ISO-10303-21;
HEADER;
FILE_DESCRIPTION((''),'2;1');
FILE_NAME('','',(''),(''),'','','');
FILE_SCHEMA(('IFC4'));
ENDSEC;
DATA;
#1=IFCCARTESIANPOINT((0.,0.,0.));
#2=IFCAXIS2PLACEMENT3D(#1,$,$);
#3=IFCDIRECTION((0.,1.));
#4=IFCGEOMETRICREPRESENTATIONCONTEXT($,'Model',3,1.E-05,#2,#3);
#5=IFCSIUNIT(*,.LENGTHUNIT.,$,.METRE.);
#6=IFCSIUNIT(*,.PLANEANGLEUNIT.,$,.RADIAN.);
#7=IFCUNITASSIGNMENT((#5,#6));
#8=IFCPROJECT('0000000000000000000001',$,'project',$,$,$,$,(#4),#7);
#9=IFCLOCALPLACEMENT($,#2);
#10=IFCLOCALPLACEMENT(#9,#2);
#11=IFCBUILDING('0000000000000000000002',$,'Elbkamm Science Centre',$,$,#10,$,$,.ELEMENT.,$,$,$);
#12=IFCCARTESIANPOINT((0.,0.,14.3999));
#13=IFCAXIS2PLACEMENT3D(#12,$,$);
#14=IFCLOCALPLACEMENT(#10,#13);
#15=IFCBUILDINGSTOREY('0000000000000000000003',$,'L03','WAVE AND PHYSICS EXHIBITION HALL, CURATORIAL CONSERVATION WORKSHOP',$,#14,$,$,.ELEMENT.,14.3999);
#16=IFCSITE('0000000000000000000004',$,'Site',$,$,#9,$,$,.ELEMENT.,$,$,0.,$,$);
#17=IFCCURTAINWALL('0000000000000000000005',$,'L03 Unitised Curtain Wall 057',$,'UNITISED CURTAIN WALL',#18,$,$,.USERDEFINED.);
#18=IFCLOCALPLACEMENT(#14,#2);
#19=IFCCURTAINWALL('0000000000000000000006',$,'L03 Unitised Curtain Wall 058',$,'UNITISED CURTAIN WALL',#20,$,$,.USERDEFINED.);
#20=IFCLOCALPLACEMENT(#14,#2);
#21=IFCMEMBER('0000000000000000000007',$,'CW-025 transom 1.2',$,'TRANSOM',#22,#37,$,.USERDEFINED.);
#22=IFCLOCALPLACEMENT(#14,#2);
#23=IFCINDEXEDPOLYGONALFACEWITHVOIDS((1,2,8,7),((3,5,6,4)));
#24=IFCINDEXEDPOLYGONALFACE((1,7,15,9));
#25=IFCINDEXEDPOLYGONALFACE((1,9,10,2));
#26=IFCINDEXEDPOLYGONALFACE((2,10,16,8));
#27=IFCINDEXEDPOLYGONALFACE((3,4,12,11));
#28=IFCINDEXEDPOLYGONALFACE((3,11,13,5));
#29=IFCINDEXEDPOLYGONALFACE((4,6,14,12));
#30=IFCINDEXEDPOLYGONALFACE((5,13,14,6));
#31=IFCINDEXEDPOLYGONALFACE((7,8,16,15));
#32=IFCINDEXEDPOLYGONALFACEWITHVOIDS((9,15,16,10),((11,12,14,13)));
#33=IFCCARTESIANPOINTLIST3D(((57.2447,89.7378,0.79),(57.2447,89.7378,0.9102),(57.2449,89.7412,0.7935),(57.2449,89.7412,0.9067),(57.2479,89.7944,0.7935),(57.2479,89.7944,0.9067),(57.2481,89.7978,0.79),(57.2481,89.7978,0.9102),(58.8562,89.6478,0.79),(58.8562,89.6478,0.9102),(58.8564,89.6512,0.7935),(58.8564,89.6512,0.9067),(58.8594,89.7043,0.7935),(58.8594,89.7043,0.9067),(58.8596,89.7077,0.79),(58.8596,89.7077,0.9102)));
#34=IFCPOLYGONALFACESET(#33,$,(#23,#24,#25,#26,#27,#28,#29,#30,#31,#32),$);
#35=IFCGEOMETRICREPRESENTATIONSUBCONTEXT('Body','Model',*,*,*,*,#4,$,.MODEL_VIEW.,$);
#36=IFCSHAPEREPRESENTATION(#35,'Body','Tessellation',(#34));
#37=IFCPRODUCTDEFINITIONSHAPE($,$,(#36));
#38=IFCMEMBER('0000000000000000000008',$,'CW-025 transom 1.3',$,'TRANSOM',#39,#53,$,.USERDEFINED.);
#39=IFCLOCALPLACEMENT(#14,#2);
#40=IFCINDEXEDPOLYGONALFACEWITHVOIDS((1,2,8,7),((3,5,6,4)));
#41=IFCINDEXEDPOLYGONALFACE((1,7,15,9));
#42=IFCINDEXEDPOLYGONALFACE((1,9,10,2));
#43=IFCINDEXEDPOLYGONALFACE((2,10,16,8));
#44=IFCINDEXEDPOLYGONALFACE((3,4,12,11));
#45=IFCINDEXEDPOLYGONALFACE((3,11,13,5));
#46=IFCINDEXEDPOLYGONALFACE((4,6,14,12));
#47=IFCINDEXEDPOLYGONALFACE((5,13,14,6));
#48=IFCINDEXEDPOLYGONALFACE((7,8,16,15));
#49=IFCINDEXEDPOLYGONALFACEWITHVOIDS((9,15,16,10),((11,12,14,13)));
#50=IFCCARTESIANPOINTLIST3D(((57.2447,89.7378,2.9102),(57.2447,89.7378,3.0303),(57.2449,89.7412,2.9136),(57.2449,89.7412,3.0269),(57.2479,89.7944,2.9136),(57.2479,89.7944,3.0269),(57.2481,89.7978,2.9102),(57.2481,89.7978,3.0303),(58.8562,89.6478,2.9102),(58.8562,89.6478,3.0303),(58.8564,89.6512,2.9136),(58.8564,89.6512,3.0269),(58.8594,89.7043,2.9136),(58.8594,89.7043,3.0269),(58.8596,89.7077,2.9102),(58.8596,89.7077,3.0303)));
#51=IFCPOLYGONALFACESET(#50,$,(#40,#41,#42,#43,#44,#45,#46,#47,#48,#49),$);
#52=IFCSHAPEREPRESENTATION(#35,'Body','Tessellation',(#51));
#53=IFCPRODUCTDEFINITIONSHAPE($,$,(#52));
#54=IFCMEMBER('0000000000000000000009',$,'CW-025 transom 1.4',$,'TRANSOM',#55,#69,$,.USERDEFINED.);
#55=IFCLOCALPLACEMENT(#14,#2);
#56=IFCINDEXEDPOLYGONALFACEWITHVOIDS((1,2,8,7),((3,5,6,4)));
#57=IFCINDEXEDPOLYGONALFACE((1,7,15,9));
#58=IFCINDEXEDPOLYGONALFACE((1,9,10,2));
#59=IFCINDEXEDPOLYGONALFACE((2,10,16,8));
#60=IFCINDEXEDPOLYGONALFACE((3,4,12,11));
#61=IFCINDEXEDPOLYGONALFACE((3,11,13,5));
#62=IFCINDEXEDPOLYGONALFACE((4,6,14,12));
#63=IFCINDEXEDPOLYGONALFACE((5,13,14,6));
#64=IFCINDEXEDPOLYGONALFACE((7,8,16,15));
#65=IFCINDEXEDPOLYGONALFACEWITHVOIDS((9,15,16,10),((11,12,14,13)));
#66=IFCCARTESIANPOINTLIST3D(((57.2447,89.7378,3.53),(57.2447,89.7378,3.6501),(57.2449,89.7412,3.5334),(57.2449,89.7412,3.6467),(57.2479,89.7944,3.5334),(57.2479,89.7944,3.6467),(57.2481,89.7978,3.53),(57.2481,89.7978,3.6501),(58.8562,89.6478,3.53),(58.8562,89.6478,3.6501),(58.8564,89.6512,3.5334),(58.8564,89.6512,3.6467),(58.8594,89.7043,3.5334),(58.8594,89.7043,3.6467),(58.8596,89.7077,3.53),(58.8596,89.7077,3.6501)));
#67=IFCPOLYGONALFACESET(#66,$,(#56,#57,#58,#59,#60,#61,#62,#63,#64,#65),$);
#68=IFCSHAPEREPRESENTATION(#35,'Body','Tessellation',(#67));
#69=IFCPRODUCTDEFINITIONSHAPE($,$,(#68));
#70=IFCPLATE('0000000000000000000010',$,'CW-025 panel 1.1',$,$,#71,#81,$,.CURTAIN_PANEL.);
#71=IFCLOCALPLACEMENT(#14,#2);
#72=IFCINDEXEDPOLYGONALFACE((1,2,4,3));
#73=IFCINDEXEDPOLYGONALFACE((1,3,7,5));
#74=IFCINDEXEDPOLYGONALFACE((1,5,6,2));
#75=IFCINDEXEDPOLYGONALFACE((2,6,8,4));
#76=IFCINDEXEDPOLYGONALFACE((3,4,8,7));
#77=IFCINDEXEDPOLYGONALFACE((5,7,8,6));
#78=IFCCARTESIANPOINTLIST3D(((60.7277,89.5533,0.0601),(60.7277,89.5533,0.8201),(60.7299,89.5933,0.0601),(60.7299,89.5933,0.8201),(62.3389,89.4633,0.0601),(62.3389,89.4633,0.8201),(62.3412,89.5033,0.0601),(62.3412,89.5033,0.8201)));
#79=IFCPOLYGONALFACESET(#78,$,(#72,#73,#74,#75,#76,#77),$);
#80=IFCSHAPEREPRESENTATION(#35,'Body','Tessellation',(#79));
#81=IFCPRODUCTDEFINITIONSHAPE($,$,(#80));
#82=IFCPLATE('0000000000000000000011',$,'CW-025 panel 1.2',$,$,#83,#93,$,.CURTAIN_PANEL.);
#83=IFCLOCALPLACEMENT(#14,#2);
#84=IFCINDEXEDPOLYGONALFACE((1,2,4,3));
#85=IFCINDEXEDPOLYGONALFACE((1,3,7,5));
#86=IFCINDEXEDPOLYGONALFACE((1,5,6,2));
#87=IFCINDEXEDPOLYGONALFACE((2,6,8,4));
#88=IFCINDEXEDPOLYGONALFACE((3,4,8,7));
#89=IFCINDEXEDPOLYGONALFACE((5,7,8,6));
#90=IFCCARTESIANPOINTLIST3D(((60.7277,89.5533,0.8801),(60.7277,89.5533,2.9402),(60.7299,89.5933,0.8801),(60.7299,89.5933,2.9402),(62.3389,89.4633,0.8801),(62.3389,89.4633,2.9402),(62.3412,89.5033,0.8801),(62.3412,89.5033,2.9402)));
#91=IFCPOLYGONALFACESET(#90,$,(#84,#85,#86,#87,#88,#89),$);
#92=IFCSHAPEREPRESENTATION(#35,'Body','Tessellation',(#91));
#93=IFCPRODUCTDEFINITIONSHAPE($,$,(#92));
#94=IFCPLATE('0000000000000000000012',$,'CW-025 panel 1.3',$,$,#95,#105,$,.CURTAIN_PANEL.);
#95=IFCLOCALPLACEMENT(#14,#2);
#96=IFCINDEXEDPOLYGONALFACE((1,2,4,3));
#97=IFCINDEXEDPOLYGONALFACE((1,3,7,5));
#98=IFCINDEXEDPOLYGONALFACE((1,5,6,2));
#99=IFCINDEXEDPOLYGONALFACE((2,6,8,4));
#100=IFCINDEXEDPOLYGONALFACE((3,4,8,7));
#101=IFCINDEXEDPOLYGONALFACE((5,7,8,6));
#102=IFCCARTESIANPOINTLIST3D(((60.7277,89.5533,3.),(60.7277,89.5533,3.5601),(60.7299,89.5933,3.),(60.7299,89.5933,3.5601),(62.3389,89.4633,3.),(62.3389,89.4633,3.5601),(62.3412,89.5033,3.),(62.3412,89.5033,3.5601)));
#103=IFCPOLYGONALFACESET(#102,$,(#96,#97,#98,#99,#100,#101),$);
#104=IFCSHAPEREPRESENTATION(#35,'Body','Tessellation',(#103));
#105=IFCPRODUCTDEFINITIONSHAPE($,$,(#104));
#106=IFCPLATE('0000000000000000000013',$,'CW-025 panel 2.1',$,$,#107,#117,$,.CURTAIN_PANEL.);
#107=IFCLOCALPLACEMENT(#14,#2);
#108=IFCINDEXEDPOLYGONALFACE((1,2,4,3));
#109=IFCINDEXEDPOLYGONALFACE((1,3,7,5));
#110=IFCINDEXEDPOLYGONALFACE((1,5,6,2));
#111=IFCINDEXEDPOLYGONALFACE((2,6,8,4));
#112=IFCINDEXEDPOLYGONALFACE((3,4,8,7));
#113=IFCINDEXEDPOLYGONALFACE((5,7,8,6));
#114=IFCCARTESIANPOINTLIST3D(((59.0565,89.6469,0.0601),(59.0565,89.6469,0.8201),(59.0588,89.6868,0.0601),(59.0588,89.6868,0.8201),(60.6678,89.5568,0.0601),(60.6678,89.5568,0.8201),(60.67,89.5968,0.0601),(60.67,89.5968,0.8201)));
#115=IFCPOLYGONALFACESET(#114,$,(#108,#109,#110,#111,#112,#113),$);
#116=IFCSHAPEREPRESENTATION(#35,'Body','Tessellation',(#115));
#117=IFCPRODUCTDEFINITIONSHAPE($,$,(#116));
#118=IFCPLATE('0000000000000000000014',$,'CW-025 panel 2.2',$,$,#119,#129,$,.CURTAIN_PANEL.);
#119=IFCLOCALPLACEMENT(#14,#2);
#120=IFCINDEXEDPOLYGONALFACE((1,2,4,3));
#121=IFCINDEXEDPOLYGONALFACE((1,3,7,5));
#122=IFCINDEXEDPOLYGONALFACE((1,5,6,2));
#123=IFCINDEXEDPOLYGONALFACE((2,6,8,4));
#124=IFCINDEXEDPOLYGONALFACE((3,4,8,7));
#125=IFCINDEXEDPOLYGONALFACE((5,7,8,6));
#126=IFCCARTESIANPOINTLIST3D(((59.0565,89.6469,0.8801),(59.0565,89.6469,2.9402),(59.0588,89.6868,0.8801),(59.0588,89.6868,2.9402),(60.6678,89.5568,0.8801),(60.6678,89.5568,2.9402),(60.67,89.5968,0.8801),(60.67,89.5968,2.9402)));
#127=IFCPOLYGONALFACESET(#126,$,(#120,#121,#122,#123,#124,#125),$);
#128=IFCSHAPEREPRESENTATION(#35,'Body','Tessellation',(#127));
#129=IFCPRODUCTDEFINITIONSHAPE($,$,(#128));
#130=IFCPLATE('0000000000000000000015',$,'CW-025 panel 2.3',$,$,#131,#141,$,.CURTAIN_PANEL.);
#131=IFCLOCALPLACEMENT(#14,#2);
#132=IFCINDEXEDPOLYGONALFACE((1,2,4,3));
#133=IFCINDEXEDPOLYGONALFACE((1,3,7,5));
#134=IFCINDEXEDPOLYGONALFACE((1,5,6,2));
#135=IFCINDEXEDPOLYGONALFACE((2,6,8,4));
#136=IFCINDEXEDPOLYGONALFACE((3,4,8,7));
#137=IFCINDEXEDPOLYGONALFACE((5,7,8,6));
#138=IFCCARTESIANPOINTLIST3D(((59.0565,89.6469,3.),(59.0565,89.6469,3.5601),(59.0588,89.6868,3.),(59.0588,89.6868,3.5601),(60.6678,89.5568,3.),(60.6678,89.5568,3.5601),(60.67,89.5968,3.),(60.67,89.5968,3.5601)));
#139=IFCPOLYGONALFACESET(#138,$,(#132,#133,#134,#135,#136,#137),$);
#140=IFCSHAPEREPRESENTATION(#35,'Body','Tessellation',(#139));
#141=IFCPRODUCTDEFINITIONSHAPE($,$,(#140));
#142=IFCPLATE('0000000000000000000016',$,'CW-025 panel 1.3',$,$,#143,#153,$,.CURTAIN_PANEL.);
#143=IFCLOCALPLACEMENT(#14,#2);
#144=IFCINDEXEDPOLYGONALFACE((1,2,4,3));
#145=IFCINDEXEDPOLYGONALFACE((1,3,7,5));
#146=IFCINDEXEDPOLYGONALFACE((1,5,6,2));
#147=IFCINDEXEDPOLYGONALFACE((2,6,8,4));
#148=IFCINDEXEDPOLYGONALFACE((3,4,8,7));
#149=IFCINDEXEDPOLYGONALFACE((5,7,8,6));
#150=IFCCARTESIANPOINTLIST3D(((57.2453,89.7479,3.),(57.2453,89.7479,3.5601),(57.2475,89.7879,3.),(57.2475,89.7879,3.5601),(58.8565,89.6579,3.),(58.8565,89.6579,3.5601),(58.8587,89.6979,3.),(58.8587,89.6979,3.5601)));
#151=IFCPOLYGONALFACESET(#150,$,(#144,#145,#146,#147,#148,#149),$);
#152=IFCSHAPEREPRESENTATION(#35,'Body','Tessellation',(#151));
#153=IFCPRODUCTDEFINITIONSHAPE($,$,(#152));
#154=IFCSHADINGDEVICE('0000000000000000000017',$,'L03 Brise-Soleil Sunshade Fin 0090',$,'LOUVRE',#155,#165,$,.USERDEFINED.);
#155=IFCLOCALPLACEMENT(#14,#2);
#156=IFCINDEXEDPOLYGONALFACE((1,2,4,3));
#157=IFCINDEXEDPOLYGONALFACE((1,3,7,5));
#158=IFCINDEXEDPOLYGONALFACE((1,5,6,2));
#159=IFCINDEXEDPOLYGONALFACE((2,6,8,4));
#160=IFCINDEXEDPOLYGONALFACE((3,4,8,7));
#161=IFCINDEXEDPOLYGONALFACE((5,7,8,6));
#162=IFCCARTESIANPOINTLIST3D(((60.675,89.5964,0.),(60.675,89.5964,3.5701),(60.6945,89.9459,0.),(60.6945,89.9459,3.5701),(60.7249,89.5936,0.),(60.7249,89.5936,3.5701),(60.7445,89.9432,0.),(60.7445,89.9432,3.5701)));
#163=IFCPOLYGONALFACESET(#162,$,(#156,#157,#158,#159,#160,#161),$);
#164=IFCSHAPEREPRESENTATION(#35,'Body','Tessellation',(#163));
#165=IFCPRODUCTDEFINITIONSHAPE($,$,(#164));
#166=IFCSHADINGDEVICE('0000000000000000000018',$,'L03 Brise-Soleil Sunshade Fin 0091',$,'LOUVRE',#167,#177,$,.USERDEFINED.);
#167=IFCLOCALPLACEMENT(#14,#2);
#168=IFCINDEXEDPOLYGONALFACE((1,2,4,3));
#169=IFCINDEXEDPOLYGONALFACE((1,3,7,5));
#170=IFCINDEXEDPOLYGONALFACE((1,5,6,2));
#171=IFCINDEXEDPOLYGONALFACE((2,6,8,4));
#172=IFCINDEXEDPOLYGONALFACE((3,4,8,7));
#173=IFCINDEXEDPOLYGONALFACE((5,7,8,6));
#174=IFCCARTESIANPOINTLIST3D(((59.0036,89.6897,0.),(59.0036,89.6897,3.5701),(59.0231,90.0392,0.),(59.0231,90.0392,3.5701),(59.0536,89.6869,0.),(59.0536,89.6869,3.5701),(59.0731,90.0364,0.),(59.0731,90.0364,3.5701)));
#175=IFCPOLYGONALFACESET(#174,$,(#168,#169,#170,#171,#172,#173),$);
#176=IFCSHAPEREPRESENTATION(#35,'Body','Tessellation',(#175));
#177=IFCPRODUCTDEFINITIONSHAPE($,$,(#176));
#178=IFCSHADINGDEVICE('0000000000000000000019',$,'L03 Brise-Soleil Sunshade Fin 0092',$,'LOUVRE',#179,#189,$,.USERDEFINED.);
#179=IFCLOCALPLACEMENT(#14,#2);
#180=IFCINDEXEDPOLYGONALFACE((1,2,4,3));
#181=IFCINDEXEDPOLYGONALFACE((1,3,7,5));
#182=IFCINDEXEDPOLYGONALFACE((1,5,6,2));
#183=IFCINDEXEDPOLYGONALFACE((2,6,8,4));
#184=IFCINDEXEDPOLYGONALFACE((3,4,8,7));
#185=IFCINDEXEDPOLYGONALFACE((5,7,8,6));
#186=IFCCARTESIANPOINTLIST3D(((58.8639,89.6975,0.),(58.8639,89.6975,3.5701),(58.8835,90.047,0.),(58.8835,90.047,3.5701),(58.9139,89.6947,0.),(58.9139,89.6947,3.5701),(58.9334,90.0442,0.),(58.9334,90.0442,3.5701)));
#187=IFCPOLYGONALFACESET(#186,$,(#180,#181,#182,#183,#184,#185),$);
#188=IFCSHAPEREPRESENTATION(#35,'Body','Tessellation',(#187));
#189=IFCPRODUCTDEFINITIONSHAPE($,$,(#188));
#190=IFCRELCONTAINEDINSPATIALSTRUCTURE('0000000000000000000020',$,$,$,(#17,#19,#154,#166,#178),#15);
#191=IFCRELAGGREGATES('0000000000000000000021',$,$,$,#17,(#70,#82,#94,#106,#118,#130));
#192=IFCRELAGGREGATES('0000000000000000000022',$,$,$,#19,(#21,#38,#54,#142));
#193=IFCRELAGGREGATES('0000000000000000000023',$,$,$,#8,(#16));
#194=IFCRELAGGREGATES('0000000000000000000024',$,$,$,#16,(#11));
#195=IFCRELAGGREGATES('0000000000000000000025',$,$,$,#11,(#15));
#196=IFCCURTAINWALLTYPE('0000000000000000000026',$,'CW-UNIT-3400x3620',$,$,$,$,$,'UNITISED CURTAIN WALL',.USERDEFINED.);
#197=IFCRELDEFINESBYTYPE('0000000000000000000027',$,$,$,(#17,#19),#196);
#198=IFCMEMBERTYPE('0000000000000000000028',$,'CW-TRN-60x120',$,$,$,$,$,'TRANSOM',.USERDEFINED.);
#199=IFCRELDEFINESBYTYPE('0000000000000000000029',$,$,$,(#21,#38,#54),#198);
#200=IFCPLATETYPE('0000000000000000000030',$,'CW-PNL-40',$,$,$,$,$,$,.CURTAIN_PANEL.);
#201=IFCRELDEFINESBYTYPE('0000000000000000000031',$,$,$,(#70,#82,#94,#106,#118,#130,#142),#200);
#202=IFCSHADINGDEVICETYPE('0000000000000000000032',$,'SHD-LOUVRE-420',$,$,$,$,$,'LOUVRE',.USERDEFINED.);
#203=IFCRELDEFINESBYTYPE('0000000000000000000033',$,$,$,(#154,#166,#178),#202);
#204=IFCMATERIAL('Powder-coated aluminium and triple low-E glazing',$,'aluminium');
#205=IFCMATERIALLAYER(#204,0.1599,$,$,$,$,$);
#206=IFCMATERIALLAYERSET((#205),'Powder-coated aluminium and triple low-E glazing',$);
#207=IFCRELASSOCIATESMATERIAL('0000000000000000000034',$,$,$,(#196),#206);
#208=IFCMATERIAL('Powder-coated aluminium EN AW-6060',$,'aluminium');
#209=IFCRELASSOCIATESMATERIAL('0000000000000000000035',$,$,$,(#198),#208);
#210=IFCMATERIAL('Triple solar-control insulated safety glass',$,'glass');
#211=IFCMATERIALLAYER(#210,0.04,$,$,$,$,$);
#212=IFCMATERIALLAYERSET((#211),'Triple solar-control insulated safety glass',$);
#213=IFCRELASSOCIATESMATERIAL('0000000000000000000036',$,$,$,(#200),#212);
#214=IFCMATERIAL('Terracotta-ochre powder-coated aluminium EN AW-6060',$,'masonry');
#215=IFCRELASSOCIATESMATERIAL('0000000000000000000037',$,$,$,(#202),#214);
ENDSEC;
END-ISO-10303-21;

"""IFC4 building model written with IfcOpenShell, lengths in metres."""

from ifc_helpers import new_model, si_unit, direction, frame, origin, origin_2d, place, context, subcontext, project, spatial, rectangle, hollow_rectangle, extrude, material, layer, layer_set, material_profile, profile_set, type_object, element, aggregate, save


model = new_model("IFC4")

# Units and contexts
model_context = context("Model", 3, precision=1e-05, world=origin(), true_north=direction((0.0, 1.0)))
body_context = subcontext(model_context, "Body", "Model", "MODEL_VIEW")
ifc_project = project(units=[si_unit("LENGTHUNIT", "METRE"), si_unit("PLANEANGLEUNIT", "RADIAN")], contexts=[model_context])

# Site, building, storey
site_placement = place(None, origin())
site = spatial("IfcSite", under=ifc_project, at=site_placement, Name="Site", CompositionType="ELEMENT", RefElevation=0.0)
building_placement = place(site_placement, origin())
building = spatial("IfcBuilding", under=site, at=building_placement, Name="Elbkamm Science Centre", CompositionType="ELEMENT")
storey_placement = place(building_placement, frame((0.0, 0.0, 14.3999)))
storey = spatial("IfcBuildingStorey", under=building, at=storey_placement, Name="L03", Description="WAVE AND PHYSICS EXHIBITION HALL, CURATORIAL CONSERVATION WORKSHOP", CompositionType="ELEMENT", Elevation=14.3999)

# Curtain wall
ifc_material_1 = material(Name="Powder-coated aluminium and triple low-E glazing", Category="aluminium")
ifc_layer_1 = layer(ifc_material_1, 0.1599)
ifc_layer_set_1 = layer_set([ifc_layer_1], Name="Powder-coated aluminium and triple low-E glazing")
curtain_wall_type = type_object("IfcCurtainWallType", Name="CW-UNIT-3400x3620", ElementType="UNITISED CURTAIN WALL", PredefinedType="USERDEFINED", material=ifc_layer_set_1)
curtain_wall_1_placement = place(storey_placement, origin())
curtain_wall_1 = element("IfcCurtainWall", 1, at=curtain_wall_1_placement, inside=storey, type_object=curtain_wall_type, Name="L03 Unitised Curtain Wall 057", ObjectType="UNITISED CURTAIN WALL", PredefinedType="USERDEFINED")
ifc_material_2 = material(Name="Powder-coated aluminium EN AW-6060", Category="aluminium")

# Curtain wall
curtain_wall_2_placement = place(storey_placement, origin())
curtain_wall_2 = element("IfcCurtainWall", 2, at=curtain_wall_2_placement, inside=storey, type_object=curtain_wall_type, Name="L03 Unitised Curtain Wall 058", ObjectType="UNITISED CURTAIN WALL", PredefinedType="USERDEFINED")

# Members
ifc_material_profile_1 = material_profile(ifc_material_2, hollow_rectangle(XDim=0.0601, YDim=0.1201, WallThickness=0.0034, at=origin_2d()), Name="ALU T60x120")
ifc_profile_set_1 = profile_set([ifc_material_profile_1], Name="Powder-coated aluminium EN AW-6060")
member_type_1 = type_object("IfcMemberType", Name="CW-TRN-60x120", ElementType="TRANSOM", PredefinedType="USERDEFINED", material=ifc_profile_set_1)
member_1_placement = place(storey_placement, frame((58.8579, 89.6777, 0.8501), z_axis=(-0.998441, 0.055813, 0.0), x_axis=(-0.055813, -0.998441, 0.0)))
member_1 = element("IfcMember", 3, at=member_1_placement, type_object=member_type_1, Name="CW-025 transom 1.2", ObjectType="TRANSOM", PredefinedType="USERDEFINED", context=body_context, shape_type="SweptSolid", body=[
    extrude(hollow_rectangle(XDim=0.0601, YDim=0.1201, WallThickness=0.0034, at=origin_2d()), origin(), (0.0, 0.0, 1.0), 1.614),
])
member_2_placement = place(storey_placement, frame((58.8579, 89.6777, 2.9702), z_axis=(-0.998441, 0.055813, 0.0), x_axis=(-0.055813, -0.998441, 0.0)))
member_2 = element("IfcMember", 4, at=member_2_placement, type_object=member_type_1, Name="CW-025 transom 1.3", ObjectType="TRANSOM", PredefinedType="USERDEFINED", context=body_context, shape_type="SweptSolid", body=[
    extrude(hollow_rectangle(XDim=0.0601, YDim=0.1201, WallThickness=0.0034, at=origin_2d()), origin(), (0.0, 0.0, 1.0), 1.614),
])
member_3_placement = place(storey_placement, frame((58.8579, 89.6777, 3.5901), z_axis=(-0.998441, 0.055813, 0.0), x_axis=(-0.055813, -0.998441, 0.0)))
member_3 = element("IfcMember", 5, at=member_3_placement, type_object=member_type_1, Name="CW-025 transom 1.4", ObjectType="TRANSOM", PredefinedType="USERDEFINED", context=body_context, shape_type="SweptSolid", body=[
    extrude(hollow_rectangle(XDim=0.0601, YDim=0.1201, WallThickness=0.0034, at=origin_2d()), origin(), (0.0, 0.0, 1.0), 1.614),
])

# Plates
ifc_material_3 = material(Name="Triple solar-control insulated safety glass", Category="glass")
ifc_layer_2 = layer(ifc_material_3, 0.04)
ifc_layer_set_2 = layer_set([ifc_layer_2], Name="Triple solar-control insulated safety glass")
plate_type = type_object("IfcPlateType", Name="CW-PNL-40", PredefinedType="CURTAIN_PANEL", material=ifc_layer_set_2)
plate_1_placement = place(storey_placement, frame((61.5344, 89.5283, 0.0601), z_axis=(0.0, 0.0, 1.0), x_axis=(-0.998443, 0.055785, 0.0)))
plate_1 = element("IfcPlate", 6, at=plate_1_placement, type_object=plate_type, Name="CW-025 panel 1.1", PredefinedType="CURTAIN_PANEL", context=body_context, shape_type="SweptSolid", body=[
    extrude(rectangle(XDim=1.6138, YDim=0.04, at=origin_2d()), origin(), (0.0, 0.0, 1.0), 0.76),
])
plate_2_placement = place(storey_placement, frame((61.5344, 89.5283, 0.8801), z_axis=(0.0, 0.0, 1.0), x_axis=(-0.998443, 0.055785, 0.0)))
plate_2 = element("IfcPlate", 7, at=plate_2_placement, type_object=plate_type, Name="CW-025 panel 1.2", PredefinedType="CURTAIN_PANEL", context=body_context, shape_type="SweptSolid", body=[
    extrude(rectangle(XDim=1.6138, YDim=0.04, at=origin_2d()), origin(), (0.0, 0.0, 1.0), 2.0601),
])
plate_3_placement = place(storey_placement, frame((61.5344, 89.5283, 3.0), z_axis=(0.0, 0.0, 1.0), x_axis=(-0.998443, 0.055785, 0.0)))
plate_3 = element("IfcPlate", 8, at=plate_3_placement, type_object=plate_type, Name="CW-025 panel 1.3", PredefinedType="CURTAIN_PANEL", context=body_context, shape_type="SweptSolid", body=[
    extrude(rectangle(XDim=1.6138, YDim=0.04, at=origin_2d()), origin(), (0.0, 0.0, 1.0), 0.5601),
])
plate_4_placement = place(storey_placement, frame((59.8633, 89.6218, 0.0601), z_axis=(0.0, 0.0, 1.0), x_axis=(-0.998443, 0.055785, 0.0)))
plate_4 = element("IfcPlate", 9, at=plate_4_placement, type_object=plate_type, Name="CW-025 panel 2.1", PredefinedType="CURTAIN_PANEL", context=body_context, shape_type="SweptSolid", body=[
    extrude(rectangle(XDim=1.6138, YDim=0.04, at=origin_2d()), origin(), (0.0, 0.0, 1.0), 0.76),
])
plate_5_placement = place(storey_placement, frame((59.8633, 89.6218, 0.8801), z_axis=(0.0, 0.0, 1.0), x_axis=(-0.998443, 0.055785, 0.0)))
plate_5 = element("IfcPlate", 10, at=plate_5_placement, type_object=plate_type, Name="CW-025 panel 2.2", PredefinedType="CURTAIN_PANEL", context=body_context, shape_type="SweptSolid", body=[
    extrude(rectangle(XDim=1.6138, YDim=0.04, at=origin_2d()), origin(), (0.0, 0.0, 1.0), 2.0601),
])
plate_6_placement = place(storey_placement, frame((59.8633, 89.6218, 3.0), z_axis=(0.0, 0.0, 1.0), x_axis=(-0.998443, 0.055785, 0.0)))
plate_6 = element("IfcPlate", 11, at=plate_6_placement, type_object=plate_type, Name="CW-025 panel 2.3", PredefinedType="CURTAIN_PANEL", context=body_context, shape_type="SweptSolid", body=[
    extrude(rectangle(XDim=1.6138, YDim=0.04, at=origin_2d()), origin(), (0.0, 0.0, 1.0), 0.5601),
])
aggregate(curtain_wall_1, [plate_1, plate_2, plate_3, plate_4, plate_5, plate_6])
plate_7_placement = place(storey_placement, frame((58.052, 89.7229, 3.0), z_axis=(0.0, 0.0, 1.0), x_axis=(-0.998443, 0.055785, 0.0)))
plate_7 = element("IfcPlate", 12, at=plate_7_placement, type_object=plate_type, Name="CW-025 panel 1.3", PredefinedType="CURTAIN_PANEL", context=body_context, shape_type="SweptSolid", body=[
    extrude(rectangle(XDim=1.6138, YDim=0.04, at=origin_2d()), origin(), (0.0, 0.0, 1.0), 0.5601),
])
aggregate(curtain_wall_2, [member_1, member_2, member_3, plate_7])

# Shading devices
ifc_material_4 = material(Name="Terracotta-ochre powder-coated aluminium EN AW-6060", Category="masonry")
shading_device_type = type_object("IfcShadingDeviceType", Name="SHD-LOUVRE-420", ElementType="LOUVRE", PredefinedType="USERDEFINED", material=ifc_material_4)
for number, where, z_axis, x_axis, name in (
    (13, (60.7097, 89.7698, 0.0), (0.0, 0.0, 1.0), (0.055785, 0.998443, 0.0), "L03 Brise-Soleil Sunshade Fin 0090"),
    (14, (59.0383, 89.863, 0.0), (0.0, 0.0, 1.0), (0.055785, 0.998443, 0.0), "L03 Brise-Soleil Sunshade Fin 0091"),
    (15, (58.8987, 89.8708, 0.0), (0.0, 0.0, 1.0), (0.055785, 0.998443, 0.0), "L03 Brise-Soleil Sunshade Fin 0092"),
):
    element("IfcShadingDevice", number, at=place(storey_placement, frame(where, z_axis=z_axis, x_axis=x_axis)), inside=storey, type_object=shading_device_type, Name=name, ObjectType="LOUVRE", PredefinedType="USERDEFINED", context=body_context, shape_type="SweptSolid", body=[
        extrude(rectangle(XDim=0.3501, YDim=0.05, at=origin_2d()), origin(), (0.0, 0.0, 1.0), 3.5701),
    ])

save(model, "model.ifc")
